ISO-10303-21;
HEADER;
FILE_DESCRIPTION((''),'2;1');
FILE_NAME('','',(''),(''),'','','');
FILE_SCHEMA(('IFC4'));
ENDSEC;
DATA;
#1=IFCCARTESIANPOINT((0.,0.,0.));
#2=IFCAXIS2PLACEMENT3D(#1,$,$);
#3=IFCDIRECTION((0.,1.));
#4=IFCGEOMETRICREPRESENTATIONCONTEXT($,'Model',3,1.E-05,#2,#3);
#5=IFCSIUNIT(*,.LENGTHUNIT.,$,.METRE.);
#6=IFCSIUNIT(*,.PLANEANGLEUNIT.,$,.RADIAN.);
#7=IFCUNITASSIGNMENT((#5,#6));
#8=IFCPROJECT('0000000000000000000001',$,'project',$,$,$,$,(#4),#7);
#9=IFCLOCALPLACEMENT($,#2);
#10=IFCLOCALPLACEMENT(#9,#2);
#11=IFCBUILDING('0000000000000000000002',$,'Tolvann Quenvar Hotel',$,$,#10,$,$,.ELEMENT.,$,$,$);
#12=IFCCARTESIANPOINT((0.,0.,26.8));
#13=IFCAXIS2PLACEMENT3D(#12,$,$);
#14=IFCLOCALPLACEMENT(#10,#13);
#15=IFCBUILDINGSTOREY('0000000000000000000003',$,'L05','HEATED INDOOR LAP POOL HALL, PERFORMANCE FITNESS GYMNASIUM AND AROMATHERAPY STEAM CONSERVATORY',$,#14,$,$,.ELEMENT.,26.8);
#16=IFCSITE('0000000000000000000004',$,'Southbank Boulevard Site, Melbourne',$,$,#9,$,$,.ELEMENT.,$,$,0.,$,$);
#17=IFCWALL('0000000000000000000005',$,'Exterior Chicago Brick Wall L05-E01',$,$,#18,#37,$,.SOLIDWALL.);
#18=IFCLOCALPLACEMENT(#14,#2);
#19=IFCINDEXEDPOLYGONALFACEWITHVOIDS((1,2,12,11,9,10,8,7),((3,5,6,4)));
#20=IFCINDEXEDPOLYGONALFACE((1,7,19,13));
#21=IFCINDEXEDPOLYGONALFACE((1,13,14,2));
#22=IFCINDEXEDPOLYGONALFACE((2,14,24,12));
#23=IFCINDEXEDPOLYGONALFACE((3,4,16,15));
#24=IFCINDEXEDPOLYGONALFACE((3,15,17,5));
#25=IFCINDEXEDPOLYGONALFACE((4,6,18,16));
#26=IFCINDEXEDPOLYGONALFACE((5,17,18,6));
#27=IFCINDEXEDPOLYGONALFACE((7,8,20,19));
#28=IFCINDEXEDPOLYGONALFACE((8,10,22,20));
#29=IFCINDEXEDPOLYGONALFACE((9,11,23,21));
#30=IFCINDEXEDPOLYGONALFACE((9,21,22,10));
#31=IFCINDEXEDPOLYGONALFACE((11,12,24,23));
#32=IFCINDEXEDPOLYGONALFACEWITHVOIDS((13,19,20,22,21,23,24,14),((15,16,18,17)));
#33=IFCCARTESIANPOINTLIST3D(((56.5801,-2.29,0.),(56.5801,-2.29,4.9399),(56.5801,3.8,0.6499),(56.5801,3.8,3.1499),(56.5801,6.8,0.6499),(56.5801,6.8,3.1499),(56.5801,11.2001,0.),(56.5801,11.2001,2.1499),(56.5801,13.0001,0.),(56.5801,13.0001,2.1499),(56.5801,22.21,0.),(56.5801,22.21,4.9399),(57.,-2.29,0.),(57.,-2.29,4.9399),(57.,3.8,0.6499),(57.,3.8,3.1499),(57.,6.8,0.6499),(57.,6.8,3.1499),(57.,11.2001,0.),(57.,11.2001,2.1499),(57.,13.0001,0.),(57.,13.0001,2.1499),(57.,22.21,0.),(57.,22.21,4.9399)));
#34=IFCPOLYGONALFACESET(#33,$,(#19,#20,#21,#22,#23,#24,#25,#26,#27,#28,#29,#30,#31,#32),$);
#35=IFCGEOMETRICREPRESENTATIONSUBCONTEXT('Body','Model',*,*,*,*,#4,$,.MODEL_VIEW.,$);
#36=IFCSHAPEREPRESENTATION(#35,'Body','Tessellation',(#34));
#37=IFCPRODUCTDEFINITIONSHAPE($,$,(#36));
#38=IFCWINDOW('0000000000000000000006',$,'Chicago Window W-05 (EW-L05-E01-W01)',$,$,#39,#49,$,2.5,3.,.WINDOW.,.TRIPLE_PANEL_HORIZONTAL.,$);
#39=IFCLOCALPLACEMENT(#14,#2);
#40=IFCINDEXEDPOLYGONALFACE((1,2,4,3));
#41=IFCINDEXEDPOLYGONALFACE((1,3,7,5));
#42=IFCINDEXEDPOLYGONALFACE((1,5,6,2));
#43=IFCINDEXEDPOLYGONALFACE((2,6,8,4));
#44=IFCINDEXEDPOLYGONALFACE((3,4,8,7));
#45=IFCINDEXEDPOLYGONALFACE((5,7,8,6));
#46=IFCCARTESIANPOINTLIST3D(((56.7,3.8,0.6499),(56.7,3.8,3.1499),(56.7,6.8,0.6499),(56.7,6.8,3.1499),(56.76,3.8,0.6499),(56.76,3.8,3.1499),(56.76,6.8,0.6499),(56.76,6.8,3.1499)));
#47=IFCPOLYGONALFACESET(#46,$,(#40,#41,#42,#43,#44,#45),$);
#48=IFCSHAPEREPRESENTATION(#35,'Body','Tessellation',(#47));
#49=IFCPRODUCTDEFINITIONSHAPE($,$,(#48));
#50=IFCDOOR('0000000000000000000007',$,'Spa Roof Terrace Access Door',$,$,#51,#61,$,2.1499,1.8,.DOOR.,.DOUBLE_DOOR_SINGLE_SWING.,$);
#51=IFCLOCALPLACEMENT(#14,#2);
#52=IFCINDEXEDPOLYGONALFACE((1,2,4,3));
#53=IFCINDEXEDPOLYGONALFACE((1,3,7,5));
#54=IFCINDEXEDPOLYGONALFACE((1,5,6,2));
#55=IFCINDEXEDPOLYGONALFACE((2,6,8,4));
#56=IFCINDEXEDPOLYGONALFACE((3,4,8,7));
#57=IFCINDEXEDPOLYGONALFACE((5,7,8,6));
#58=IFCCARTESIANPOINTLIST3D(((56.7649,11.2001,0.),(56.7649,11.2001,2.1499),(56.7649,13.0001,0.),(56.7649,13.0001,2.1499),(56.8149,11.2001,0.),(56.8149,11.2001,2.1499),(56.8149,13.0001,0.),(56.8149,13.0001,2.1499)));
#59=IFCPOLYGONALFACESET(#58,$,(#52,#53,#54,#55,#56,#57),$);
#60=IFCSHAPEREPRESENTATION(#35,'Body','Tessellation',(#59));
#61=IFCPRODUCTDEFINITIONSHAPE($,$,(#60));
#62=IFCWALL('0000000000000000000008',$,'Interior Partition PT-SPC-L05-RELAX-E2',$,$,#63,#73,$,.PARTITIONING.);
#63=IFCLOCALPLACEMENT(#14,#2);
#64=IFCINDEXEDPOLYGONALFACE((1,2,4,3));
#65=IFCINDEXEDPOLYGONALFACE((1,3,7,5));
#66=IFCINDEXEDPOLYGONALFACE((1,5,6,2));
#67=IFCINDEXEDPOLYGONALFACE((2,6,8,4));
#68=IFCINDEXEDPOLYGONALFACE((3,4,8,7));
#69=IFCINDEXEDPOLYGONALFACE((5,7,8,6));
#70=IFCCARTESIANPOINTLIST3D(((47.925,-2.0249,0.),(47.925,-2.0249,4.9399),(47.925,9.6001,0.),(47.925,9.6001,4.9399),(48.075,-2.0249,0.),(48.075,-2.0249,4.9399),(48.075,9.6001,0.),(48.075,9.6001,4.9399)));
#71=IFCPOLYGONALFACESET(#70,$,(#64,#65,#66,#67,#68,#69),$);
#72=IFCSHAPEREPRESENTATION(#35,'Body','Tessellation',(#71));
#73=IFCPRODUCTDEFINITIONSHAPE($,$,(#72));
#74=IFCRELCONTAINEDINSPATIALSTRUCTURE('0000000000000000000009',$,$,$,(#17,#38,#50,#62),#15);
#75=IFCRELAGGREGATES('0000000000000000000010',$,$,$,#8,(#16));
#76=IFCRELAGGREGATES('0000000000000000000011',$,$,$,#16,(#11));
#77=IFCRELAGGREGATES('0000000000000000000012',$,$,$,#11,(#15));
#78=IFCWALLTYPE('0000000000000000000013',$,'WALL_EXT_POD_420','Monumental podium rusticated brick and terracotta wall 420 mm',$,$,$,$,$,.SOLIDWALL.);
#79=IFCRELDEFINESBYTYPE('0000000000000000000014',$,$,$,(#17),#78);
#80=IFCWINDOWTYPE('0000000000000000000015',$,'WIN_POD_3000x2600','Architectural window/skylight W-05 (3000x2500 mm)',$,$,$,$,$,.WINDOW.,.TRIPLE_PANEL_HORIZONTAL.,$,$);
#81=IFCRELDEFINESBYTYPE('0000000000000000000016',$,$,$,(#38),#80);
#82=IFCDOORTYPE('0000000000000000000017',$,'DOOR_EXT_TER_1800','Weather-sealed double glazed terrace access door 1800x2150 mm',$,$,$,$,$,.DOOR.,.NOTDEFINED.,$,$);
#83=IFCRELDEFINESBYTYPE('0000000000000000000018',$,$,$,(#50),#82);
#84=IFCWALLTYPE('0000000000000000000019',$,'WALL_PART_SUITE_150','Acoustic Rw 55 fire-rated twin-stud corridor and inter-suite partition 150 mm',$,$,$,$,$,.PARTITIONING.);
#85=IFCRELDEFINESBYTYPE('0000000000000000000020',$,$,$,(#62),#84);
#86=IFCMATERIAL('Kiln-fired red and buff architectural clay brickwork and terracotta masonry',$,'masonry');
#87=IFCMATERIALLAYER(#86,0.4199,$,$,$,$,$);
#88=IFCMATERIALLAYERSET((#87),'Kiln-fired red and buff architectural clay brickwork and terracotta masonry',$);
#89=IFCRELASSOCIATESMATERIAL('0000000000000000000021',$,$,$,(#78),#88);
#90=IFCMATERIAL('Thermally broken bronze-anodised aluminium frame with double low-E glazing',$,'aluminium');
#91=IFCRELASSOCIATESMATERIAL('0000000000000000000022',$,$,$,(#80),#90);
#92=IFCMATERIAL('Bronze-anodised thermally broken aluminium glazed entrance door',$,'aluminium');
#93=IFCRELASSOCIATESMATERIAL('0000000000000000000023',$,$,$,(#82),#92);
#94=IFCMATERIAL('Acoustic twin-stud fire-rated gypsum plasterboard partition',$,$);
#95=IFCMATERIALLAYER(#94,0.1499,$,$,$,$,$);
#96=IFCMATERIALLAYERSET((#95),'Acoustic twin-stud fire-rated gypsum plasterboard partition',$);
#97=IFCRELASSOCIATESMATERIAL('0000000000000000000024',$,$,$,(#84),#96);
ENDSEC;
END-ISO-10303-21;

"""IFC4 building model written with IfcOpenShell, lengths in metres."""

from ifc_helpers import new_model, si_unit, direction, frame, frame_2d, origin, place, context, subcontext, project, spatial, rectangle, extrude, source, transform, mapped, material, layer, layer_set, type_object, type_shapes, element, fill, save


model = new_model("IFC4")

# Units and contexts
model_context = context("Model", 3, precision=1e-05, world=origin(), true_north=direction((0.0, 1.0)))
body_context = subcontext(model_context, "Body", "Model", "MODEL_VIEW")
ifc_project = project(units=[si_unit("LENGTHUNIT", "METRE"), si_unit("PLANEANGLEUNIT", "RADIAN")], contexts=[model_context])

# Site, building, storey
site_placement = place(None, origin())
site = spatial("IfcSite", under=ifc_project, at=site_placement, Name="Southbank Boulevard Site, Melbourne", CompositionType="ELEMENT", RefElevation=0.0)
building_placement = place(site_placement, origin())
building = spatial("IfcBuilding", under=site, at=building_placement, Name="Tolvann Quenvar Hotel", CompositionType="ELEMENT")
storey_placement = place(building_placement, frame((0.0, 0.0, 26.8)))
storey = spatial("IfcBuildingStorey", under=building, at=storey_placement, Name="L05", Description="HEATED INDOOR LAP POOL HALL, PERFORMANCE FITNESS GYMNASIUM AND AROMATHERAPY STEAM CONSERVATORY", CompositionType="ELEMENT", Elevation=26.8)

# Wall, openings, window, door
ifc_material_1 = material(Name="Kiln-fired red and buff architectural clay brickwork and terracotta masonry", Category="masonry")
ifc_layer_1 = layer(ifc_material_1, 0.4199)
ifc_layer_set_1 = layer_set([ifc_layer_1], Name="Kiln-fired red and buff architectural clay brickwork and terracotta masonry")
wall_type_1 = type_object("IfcWallType", Name="WALL_EXT_POD_420", Description="Monumental podium rusticated brick and terracotta wall 420 mm", PredefinedType="SOLIDWALL", material=ifc_layer_set_1)
wall_1_placement = place(storey_placement, frame((56.79, -2.29, 0.0), z_axis=(0.0, 0.0, 1.0), x_axis=(0.0, 1.0, 0.0)))
wall_1 = element("IfcWall", 1, at=wall_1_placement, inside=storey, type_object=wall_type_1, Name="Exterior Chicago Brick Wall L05-E01", PredefinedType="SOLIDWALL", context=body_context, shape_type="SweptSolid", body=[
    extrude(rectangle(XDim=24.5, YDim=0.4199, at=frame_2d((12.25, 0.0))), origin(), (0.0, 0.0, 1.0), 4.9399),
])
opening_1_placement = place(wall_1_placement, frame((15.29, 0.0, 0.0), z_axis=(0.0, 0.0, 1.0), x_axis=(-1.0, 0.0, 0.0)))
opening_1 = element("IfcOpeningElement", 2, at=opening_1_placement, cuts=wall_1, PredefinedType="OPENING", context=body_context, shape_type="SweptSolid", body=[
    extrude(rectangle(XDim=1.8, YDim=2.1499, at=frame_2d((0.8999, 1.075))), frame((0.0, 0.22, 0.0), z_axis=(0.0, -1.0, 0.0), x_axis=(1.0, 0.0, 0.0)), (0.0, 0.0, 1.0), 0.4399),
])
opening_2_placement = place(wall_1_placement, frame((6.0901, 0.0, 0.6499)))
opening_2 = element("IfcOpeningElement", 3, at=opening_2_placement, cuts=wall_1, PredefinedType="OPENING", context=body_context, shape_type="SweptSolid", body=[
    extrude(rectangle(XDim=3.0, YDim=2.5, at=frame_2d((1.5, 1.25))), frame((0.0, 0.22, 0.0), z_axis=(0.0, -1.0, 0.0), x_axis=(1.0, 0.0, 0.0)), (0.0, 0.0, 1.0), 0.4399),
])
ifc_material_2 = material(Name="Thermally broken bronze-anodised aluminium frame with double low-E glazing", Category="aluminium")
window_type = type_object("IfcWindowType", Name="WIN_POD_3000x2600", Description="Architectural window/skylight W-05 (3000x2500 mm)", PartitioningType="TRIPLE_PANEL_HORIZONTAL", PredefinedType="WINDOW", material=ifc_material_2)
shared_shape_1 = source(origin(), body_context, "Body", "SweptSolid", [
    extrude(rectangle(XDim=3.0, YDim=2.5, at=frame_2d((1.5, 1.25))), frame((0.0, 0.0901, 0.0), z_axis=(0.0, -1.0, 0.0), x_axis=(1.0, 0.0, 0.0)), (0.0, 0.0, 1.0), 0.0601),
])
type_shapes(window_type, [shared_shape_1])
window_placement = place(opening_2_placement, origin())
window = element("IfcWindow", 4, at=window_placement, inside=storey, type_object=window_type, Name="Chicago Window W-05 (EW-L05-E01-W01)", OverallHeight=2.5, OverallWidth=3.0, PartitioningType="TRIPLE_PANEL_HORIZONTAL", PredefinedType="WINDOW", context=body_context, shape_type="MappedRepresentation", body=[
    mapped(shared_shape_1, transform((0.0, 0.0, 0.0), x_axis=(1.0, 0.0, 0.0), y_axis=(0.0, 1.0, 0.0), z_axis=(0.0, 0.0, 1.0), scale=1.0)),
])
fill(opening_2, window)
ifc_material_3 = material(Name="Bronze-anodised thermally broken aluminium glazed entrance door", Category="aluminium")
door_type_1 = type_object("IfcDoorType", Name="DOOR_EXT_TER_1800", Description="Weather-sealed double glazed terrace access door 1800x2150 mm", OperationType="NOTDEFINED", PredefinedType="DOOR", material=ifc_material_3)
shared_shape_2 = source(origin(), body_context, "Body", "SweptSolid", [
    extrude(rectangle(XDim=1.8, YDim=2.1499, at=frame_2d((0.8999, 1.075))), frame((0.0, 0.0249, 0.0), z_axis=(0.0, -1.0, 0.0), x_axis=(1.0, 0.0, 0.0)), (0.0, 0.0, 1.0), 0.05),
])
type_shapes(door_type_1, [shared_shape_2])
door_1_placement = place(opening_1_placement, origin())
door_1 = element("IfcDoor", 5, at=door_1_placement, inside=storey, type_object=door_type_1, Name="Spa Roof Terrace Access Door", OperationType="DOUBLE_DOOR_SINGLE_SWING", OverallHeight=2.1499, OverallWidth=1.8, PredefinedType="DOOR", context=body_context, shape_type="MappedRepresentation", body=[
    mapped(shared_shape_2, transform((0.0, 0.0, 0.0), x_axis=(1.0, 0.0, 0.0), y_axis=(0.0, 1.0, 0.0), z_axis=(0.0, 0.0, 1.0), scale=1.0)),
])
fill(opening_1, door_1)

# Wall
ifc_material_4 = material(Name="Acoustic twin-stud fire-rated gypsum plasterboard partition")
ifc_layer_2 = layer(ifc_material_4, 0.1499)
ifc_layer_set_2 = layer_set([ifc_layer_2], Name="Acoustic twin-stud fire-rated gypsum plasterboard partition")
wall_type_2 = type_object("IfcWallType", Name="WALL_PART_SUITE_150", Description="Acoustic Rw 55 fire-rated twin-stud corridor and inter-suite partition 150 mm", PredefinedType="PARTITIONING", material=ifc_layer_set_2)
wall_2_placement = place(storey_placement, frame((48.0, -2.0249, 0.0), z_axis=(0.0, 0.0, 1.0), x_axis=(0.0, 1.0, 0.0)))
element("IfcWall", 6, at=wall_2_placement, inside=storey, type_object=wall_type_2, Name="Interior Partition PT-SPC-L05-RELAX-E2", PredefinedType="PARTITIONING", context=body_context, shape_type="SweptSolid", body=[
    extrude(rectangle(XDim=11.625, YDim=0.1499, at=frame_2d((5.8125, 0.0))), origin(), (0.0, 0.0, 1.0), 4.9399),
])

save(model, "model.ifc")
